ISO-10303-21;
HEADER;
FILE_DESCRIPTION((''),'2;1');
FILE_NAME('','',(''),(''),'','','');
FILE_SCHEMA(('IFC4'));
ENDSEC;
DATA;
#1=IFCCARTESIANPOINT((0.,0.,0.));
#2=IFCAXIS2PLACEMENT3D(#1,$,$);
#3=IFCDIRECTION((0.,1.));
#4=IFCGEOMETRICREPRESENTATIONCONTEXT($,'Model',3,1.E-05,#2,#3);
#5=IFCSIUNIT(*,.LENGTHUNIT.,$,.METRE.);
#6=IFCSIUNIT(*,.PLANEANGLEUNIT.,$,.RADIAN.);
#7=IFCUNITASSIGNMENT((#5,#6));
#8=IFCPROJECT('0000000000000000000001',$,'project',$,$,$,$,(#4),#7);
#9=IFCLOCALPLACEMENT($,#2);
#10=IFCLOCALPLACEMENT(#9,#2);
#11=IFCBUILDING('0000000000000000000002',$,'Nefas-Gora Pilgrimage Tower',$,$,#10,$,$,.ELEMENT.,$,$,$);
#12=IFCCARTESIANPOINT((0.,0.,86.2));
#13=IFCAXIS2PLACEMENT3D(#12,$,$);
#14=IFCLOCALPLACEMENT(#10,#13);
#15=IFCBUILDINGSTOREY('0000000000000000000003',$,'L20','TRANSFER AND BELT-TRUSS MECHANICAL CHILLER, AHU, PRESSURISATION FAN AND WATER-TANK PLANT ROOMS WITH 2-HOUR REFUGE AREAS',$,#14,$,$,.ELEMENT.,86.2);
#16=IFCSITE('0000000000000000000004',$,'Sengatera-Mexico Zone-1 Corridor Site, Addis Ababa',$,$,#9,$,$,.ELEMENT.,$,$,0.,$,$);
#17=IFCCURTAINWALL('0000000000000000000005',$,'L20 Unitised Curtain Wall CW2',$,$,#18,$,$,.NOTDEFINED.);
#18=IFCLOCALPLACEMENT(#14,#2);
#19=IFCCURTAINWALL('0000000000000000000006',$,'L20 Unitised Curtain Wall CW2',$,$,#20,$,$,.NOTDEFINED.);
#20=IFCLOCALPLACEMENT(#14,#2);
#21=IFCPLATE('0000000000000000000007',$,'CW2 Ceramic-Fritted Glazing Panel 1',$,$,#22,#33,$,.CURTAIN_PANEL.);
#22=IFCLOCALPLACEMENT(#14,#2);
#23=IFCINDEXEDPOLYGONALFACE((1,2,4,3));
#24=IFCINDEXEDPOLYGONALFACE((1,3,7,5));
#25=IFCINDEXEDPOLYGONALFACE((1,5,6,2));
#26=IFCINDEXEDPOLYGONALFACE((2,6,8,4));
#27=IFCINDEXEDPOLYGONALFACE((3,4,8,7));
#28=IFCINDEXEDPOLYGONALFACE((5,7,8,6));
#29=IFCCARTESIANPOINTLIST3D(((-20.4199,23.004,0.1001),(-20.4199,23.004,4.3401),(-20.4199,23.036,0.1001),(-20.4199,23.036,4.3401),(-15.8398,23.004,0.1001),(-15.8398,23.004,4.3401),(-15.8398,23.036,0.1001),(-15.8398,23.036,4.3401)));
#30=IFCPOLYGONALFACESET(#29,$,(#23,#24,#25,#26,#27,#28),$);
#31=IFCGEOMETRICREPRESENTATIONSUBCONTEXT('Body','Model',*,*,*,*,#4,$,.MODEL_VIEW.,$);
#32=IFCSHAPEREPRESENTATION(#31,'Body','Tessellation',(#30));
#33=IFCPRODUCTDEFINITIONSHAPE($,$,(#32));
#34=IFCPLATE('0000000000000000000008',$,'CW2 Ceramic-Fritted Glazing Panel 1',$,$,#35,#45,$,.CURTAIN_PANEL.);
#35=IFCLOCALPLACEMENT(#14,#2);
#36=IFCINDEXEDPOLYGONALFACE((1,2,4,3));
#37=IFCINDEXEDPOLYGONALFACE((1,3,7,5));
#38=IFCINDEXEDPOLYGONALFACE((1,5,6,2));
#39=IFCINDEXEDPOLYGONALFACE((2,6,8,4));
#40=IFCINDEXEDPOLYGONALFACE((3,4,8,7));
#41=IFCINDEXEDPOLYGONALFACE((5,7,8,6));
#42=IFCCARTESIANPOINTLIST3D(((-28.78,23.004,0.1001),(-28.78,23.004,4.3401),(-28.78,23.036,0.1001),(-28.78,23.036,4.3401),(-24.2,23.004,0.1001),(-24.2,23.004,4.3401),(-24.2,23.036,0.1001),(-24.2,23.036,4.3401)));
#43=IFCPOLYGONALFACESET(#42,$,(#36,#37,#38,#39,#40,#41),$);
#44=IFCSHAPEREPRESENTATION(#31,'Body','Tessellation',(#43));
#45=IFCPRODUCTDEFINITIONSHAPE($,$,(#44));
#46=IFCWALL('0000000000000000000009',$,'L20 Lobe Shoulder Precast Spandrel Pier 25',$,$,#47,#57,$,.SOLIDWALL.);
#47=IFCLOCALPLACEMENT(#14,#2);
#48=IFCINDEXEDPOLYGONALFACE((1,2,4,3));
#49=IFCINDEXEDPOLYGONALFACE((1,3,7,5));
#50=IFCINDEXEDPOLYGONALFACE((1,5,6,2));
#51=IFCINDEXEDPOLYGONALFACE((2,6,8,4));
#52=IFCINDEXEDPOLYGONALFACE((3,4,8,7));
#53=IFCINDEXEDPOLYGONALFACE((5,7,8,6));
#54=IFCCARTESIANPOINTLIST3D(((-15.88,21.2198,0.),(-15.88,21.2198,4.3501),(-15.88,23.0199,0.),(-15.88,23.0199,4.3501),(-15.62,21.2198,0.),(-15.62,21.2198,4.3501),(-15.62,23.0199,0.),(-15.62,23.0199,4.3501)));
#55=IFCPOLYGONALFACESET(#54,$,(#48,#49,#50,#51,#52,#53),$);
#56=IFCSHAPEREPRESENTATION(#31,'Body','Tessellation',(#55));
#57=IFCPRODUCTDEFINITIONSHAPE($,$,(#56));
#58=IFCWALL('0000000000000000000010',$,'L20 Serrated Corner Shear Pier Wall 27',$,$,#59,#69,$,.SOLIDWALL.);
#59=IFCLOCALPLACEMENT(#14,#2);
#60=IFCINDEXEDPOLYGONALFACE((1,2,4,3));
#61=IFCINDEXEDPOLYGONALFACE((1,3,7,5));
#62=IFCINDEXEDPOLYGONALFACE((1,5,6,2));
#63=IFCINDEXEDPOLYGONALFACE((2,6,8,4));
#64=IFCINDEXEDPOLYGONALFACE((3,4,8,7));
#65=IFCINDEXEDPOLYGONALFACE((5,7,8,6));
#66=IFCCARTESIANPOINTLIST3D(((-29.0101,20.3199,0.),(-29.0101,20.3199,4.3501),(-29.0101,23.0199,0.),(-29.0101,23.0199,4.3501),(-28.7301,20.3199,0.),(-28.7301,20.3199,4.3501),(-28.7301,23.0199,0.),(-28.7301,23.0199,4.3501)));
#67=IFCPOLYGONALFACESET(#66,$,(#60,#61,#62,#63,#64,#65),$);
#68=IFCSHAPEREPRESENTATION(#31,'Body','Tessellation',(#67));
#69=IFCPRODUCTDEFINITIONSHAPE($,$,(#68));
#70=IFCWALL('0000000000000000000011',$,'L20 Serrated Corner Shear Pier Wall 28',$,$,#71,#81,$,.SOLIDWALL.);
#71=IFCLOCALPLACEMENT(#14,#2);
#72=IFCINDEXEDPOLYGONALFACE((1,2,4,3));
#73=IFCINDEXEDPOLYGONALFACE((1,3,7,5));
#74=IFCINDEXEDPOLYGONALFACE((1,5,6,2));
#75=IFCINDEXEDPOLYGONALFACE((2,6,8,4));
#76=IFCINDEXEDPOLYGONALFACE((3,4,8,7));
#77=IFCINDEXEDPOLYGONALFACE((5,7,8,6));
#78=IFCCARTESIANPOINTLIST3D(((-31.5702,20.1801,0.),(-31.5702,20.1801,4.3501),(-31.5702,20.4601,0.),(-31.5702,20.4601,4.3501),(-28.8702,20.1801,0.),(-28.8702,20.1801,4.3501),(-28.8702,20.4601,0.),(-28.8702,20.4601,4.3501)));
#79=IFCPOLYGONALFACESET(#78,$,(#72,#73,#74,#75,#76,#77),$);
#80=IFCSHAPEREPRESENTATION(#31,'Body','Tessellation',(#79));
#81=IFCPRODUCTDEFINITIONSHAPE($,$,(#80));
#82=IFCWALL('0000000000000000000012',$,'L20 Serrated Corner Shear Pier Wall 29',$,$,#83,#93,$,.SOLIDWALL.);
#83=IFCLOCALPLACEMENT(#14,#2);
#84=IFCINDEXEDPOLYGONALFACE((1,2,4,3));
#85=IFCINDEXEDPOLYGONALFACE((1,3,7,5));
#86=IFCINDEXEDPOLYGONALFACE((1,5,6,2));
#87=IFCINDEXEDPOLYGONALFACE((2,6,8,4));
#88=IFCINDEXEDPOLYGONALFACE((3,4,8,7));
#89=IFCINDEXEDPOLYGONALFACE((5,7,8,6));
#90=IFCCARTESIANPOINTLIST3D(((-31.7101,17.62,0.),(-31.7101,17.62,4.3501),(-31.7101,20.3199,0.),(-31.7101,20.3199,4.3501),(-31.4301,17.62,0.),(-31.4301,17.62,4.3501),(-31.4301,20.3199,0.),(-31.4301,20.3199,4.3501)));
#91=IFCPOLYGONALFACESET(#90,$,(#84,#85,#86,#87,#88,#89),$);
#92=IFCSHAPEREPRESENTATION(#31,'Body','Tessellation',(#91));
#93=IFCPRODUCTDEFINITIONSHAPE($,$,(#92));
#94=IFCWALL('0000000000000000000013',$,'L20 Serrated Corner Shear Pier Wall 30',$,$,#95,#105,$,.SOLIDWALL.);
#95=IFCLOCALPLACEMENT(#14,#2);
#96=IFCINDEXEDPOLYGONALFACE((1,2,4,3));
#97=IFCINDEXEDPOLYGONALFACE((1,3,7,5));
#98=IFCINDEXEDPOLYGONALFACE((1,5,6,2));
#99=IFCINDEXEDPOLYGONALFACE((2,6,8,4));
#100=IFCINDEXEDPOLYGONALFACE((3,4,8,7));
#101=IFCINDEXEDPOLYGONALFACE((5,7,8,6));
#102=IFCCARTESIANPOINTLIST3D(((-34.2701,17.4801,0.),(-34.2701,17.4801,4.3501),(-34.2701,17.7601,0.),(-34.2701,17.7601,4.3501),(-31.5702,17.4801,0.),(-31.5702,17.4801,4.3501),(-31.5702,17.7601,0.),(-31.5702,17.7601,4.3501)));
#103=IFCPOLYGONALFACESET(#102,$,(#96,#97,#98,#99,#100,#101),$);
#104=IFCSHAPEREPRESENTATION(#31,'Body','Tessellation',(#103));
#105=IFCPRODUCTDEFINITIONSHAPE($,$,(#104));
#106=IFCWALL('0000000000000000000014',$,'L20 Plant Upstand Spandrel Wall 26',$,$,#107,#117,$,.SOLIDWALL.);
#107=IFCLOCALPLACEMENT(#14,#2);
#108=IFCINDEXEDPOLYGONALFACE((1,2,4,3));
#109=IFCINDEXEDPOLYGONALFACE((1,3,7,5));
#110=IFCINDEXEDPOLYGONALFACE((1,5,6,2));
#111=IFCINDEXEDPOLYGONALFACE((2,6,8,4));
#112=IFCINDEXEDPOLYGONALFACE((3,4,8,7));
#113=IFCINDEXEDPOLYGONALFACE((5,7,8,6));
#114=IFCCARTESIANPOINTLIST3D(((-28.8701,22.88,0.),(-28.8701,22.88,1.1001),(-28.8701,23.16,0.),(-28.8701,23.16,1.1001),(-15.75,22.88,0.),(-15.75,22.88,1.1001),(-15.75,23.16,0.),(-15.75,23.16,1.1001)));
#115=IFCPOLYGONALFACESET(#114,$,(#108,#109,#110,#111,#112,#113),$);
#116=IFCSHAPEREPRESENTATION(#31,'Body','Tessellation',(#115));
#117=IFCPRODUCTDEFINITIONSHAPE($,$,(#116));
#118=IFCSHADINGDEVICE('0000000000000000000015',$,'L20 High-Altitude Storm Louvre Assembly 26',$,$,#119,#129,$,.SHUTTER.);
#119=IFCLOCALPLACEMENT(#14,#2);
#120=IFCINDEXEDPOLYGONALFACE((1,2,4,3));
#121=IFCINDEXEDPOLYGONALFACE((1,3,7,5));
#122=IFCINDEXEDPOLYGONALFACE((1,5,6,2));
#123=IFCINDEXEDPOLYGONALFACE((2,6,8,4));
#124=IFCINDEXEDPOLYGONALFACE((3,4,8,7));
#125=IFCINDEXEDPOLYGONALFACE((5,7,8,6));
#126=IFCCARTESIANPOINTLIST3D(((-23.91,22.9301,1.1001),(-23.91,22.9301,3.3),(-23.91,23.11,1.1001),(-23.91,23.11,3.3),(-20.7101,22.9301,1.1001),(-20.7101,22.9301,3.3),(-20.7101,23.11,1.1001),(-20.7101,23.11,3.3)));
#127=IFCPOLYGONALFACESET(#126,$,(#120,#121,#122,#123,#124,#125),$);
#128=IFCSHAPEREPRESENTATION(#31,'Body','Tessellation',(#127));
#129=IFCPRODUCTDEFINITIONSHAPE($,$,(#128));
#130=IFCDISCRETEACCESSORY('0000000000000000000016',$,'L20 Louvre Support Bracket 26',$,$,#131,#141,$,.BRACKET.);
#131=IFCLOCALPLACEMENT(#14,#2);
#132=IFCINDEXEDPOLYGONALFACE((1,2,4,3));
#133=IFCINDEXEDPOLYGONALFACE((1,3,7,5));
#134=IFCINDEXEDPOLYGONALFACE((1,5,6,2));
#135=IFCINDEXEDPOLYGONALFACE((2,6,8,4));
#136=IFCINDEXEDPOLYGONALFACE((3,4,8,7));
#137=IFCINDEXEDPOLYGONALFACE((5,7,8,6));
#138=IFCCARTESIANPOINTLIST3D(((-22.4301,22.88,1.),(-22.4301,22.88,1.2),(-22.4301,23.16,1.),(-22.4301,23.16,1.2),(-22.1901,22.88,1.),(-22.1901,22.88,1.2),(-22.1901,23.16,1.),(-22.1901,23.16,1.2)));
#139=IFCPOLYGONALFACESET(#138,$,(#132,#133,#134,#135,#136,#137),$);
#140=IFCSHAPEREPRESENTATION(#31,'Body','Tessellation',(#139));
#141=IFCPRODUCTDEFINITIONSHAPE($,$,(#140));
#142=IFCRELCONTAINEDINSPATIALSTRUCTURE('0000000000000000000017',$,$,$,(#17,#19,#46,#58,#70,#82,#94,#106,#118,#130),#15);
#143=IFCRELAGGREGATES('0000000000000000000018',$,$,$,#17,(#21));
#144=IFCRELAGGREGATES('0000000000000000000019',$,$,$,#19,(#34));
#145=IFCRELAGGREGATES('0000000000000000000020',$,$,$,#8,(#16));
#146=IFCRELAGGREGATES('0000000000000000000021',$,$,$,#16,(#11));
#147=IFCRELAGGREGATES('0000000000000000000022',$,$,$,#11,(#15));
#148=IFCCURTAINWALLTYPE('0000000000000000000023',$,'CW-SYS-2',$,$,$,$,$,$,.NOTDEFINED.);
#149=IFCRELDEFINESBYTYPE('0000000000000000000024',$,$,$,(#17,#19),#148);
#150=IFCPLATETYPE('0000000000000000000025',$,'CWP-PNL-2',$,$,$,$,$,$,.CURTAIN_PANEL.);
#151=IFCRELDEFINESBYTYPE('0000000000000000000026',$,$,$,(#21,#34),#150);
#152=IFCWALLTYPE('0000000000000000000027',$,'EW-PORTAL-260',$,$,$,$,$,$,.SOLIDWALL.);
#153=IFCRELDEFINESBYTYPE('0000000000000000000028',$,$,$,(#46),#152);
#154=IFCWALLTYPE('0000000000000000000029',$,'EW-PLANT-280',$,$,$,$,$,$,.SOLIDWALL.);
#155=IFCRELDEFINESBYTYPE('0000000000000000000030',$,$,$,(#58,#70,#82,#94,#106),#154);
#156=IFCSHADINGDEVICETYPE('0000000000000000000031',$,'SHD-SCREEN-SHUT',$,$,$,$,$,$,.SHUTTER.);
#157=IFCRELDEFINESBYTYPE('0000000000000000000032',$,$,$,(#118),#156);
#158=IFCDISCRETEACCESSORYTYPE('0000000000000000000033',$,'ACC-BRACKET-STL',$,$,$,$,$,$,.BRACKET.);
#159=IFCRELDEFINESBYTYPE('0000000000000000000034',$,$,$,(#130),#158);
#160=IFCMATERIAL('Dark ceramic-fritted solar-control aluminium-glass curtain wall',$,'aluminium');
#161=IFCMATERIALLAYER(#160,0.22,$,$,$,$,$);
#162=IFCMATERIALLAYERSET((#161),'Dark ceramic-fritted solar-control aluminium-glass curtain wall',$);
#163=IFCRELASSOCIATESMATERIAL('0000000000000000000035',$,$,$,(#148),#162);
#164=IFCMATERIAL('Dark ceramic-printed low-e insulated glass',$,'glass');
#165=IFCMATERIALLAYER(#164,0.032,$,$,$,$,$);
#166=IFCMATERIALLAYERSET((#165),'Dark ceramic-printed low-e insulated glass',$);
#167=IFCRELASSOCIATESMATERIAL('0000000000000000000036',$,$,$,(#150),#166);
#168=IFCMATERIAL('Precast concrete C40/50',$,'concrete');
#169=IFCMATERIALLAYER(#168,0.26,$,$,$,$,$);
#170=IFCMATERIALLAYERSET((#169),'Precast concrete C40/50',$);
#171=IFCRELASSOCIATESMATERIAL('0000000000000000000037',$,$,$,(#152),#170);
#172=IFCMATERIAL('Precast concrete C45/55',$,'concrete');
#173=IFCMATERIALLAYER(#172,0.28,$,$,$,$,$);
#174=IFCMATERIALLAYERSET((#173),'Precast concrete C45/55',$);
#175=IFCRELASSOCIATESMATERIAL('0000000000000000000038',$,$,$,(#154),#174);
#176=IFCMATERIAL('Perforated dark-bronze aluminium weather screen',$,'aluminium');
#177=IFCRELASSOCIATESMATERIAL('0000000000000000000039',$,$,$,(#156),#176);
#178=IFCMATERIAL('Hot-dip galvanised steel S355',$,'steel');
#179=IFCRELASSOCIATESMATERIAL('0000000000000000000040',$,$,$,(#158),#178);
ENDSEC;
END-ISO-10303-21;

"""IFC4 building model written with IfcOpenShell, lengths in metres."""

from ifc_helpers import new_model, si_unit, direction, frame, frame_2d, origin, origin_2d, place, context, subcontext, project, spatial, rectangle, extrude, source, transform, mapped, material, layer, layer_set, type_object, element, aggregate, save


model = new_model("IFC4")

# Units and contexts
model_context = context("Model", 3, precision=1e-05, world=origin(), true_north=direction((0.0, 1.0)))
body_context = subcontext(model_context, "Body", "Model", "MODEL_VIEW")
ifc_project = project(units=[si_unit("LENGTHUNIT", "METRE"), si_unit("PLANEANGLEUNIT", "RADIAN")], contexts=[model_context])

# Site, building, storey
site_placement = place(None, origin())
site = spatial("IfcSite", under=ifc_project, at=site_placement, Name="Sengatera-Mexico Zone-1 Corridor Site, Addis Ababa", CompositionType="ELEMENT", RefElevation=0.0)
building_placement = place(site_placement, origin())
building = spatial("IfcBuilding", under=site, at=building_placement, Name="Nefas-Gora Pilgrimage Tower", CompositionType="ELEMENT")
storey_placement = place(building_placement, frame((0.0, 0.0, 86.2)))
storey = spatial("IfcBuildingStorey", under=building, at=storey_placement, Name="L20", Description="TRANSFER AND BELT-TRUSS MECHANICAL CHILLER, AHU, PRESSURISATION FAN AND WATER-TANK PLANT ROOMS WITH 2-HOUR REFUGE AREAS", CompositionType="ELEMENT", Elevation=86.2)

# Shared definitions
ifc_material_1 = material(Name="Dark ceramic-fritted solar-control aluminium-glass curtain wall", Category="aluminium")

# Curtain walls
ifc_layer_1 = layer(ifc_material_1, 0.22)
ifc_layer_set_1 = layer_set([ifc_layer_1], Name="Dark ceramic-fritted solar-control aluminium-glass curtain wall")
curtain_wall_type_1 = type_object("IfcCurtainWallType", Name="CW-SYS-2", PredefinedType="NOTDEFINED", material=ifc_layer_set_1)
curtain_wall_1_placement = place(storey_placement, origin())
curtain_wall_1 = element("IfcCurtainWall", 1, at=curtain_wall_1_placement, inside=storey, type_object=curtain_wall_type_1, Name="L20 Unitised Curtain Wall CW2", PredefinedType="NOTDEFINED")
curtain_wall_2_placement = place(storey_placement, origin())
curtain_wall_2 = element("IfcCurtainWall", 2, at=curtain_wall_2_placement, inside=storey, type_object=curtain_wall_type_1, Name="L20 Unitised Curtain Wall CW2", PredefinedType="NOTDEFINED")

# Plates
ifc_material_2 = material(Name="Dark ceramic-printed low-e insulated glass", Category="glass")
ifc_layer_2 = layer(ifc_material_2, 0.032)
ifc_layer_set_2 = layer_set([ifc_layer_2], Name="Dark ceramic-printed low-e insulated glass")
plate_type_1 = type_object("IfcPlateType", Name="CWP-PNL-2", PredefinedType="CURTAIN_PANEL", material=ifc_layer_set_2)
shared_shape_1 = source(origin(), body_context, "Body", "SweptSolid", [
    extrude(rectangle(XDim=4.5801, YDim=0.032, at=origin_2d()), origin(), (0.0, 0.0, 1.0), 4.24),
])
plate_1_placement = place(storey_placement, frame((-18.1299, 23.02, 0.1001), z_axis=(0.0, 0.0, 1.0), x_axis=(-1.0, 0.0, 0.0)))
plate_1 = element("IfcPlate", 3, at=plate_1_placement, type_object=plate_type_1, Name="CW2 Ceramic-Fritted Glazing Panel 1", PredefinedType="CURTAIN_PANEL", context=body_context, shape_type="MappedRepresentation", body=[
    mapped(shared_shape_1, transform((0.0, 0.0, 0.0), x_axis=(1.0, 0.0, 0.0), y_axis=(0.0, 1.0, 0.0), z_axis=(0.0, 0.0, 1.0), scale=1.0)),
])
aggregate(curtain_wall_1, [plate_1])
plate_2_placement = place(storey_placement, frame((-26.49, 23.02, 0.1001), z_axis=(0.0, 0.0, 1.0), x_axis=(-1.0, 0.0, 0.0)))
plate_2 = element("IfcPlate", 4, at=plate_2_placement, type_object=plate_type_1, Name="CW2 Ceramic-Fritted Glazing Panel 1", PredefinedType="CURTAIN_PANEL", context=body_context, shape_type="MappedRepresentation", body=[
    mapped(shared_shape_1, transform((0.0, 0.0, 0.0), x_axis=(1.0, 0.0, 0.0), y_axis=(0.0, 1.0, 0.0), z_axis=(0.0, 0.0, 1.0), scale=1.0)),
])
aggregate(curtain_wall_2, [plate_2])

# Walls
ifc_material_3 = material(Name="Precast concrete C40/50", Category="concrete")
ifc_layer_3 = layer(ifc_material_3, 0.26)
ifc_layer_set_3 = layer_set([ifc_layer_3], Name="Precast concrete C40/50")
wall_type_1 = type_object("IfcWallType", Name="EW-PORTAL-260", PredefinedType="SOLIDWALL", material=ifc_layer_set_3)
shared_shape_2 = source(origin(), body_context, "Body", "SweptSolid", [
    extrude(rectangle(XDim=1.8, YDim=0.26, at=frame_2d((0.8999, 0.0))), origin(), (0.0, 0.0, 1.0), 4.3501),
])
wall_1_placement = place(storey_placement, frame((-15.75, 21.22, 0.0), z_axis=(0.0, 0.0, 1.0), x_axis=(0.0, 1.0, 0.0)))
element("IfcWall", 5, at=wall_1_placement, inside=storey, type_object=wall_type_1, Name="L20 Lobe Shoulder Precast Spandrel Pier 25", PredefinedType="SOLIDWALL", context=body_context, shape_type="MappedRepresentation", body=[
    mapped(shared_shape_2, transform((0.0, 0.0, 0.0), x_axis=(1.0, 0.0, 0.0), y_axis=(0.0, 1.0, 0.0), z_axis=(0.0, 0.0, 1.0), scale=1.0)),
])
ifc_material_4 = material(Name="Precast concrete C45/55", Category="concrete")
ifc_layer_4 = layer(ifc_material_4, 0.28)
ifc_layer_set_4 = layer_set([ifc_layer_4], Name="Precast concrete C45/55")
wall_type_2 = type_object("IfcWallType", Name="EW-PLANT-280", PredefinedType="SOLIDWALL", material=ifc_layer_set_4)
shared_shape_3 = source(origin(), body_context, "Body", "SweptSolid", [
    extrude(rectangle(XDim=2.7, YDim=0.28, at=frame_2d((1.3501, 0.0))), origin(), (0.0, 0.0, 1.0), 4.3501),
])
for number, where, z_axis, x_axis, name in (
    (6, (-28.8701, 23.02, 0.0), (0.0, 0.0, 1.0), (0.0, -1.0, 0.0), "L20 Serrated Corner Shear Pier Wall 27"),
    (7, (-28.8701, 20.3201, 0.0), (0.0, 0.0, 1.0), (-1.0, 0.0, 0.0), "L20 Serrated Corner Shear Pier Wall 28"),
    (8, (-31.5701, 20.3201, 0.0), (0.0, 0.0, 1.0), (0.0, -1.0, 0.0), "L20 Serrated Corner Shear Pier Wall 29"),
    (9, (-31.5701, 17.6201, 0.0), (0.0, 0.0, 1.0), (-1.0, 0.0, 0.0), "L20 Serrated Corner Shear Pier Wall 30"),
):
    element("IfcWall", number, at=place(storey_placement, frame(where, z_axis=z_axis, x_axis=x_axis)), inside=storey, type_object=wall_type_2, Name=name, PredefinedType="SOLIDWALL", context=body_context, shape_type="MappedRepresentation", body=[
        mapped(shared_shape_3, transform((0.0, 0.0, 0.0), x_axis=(1.0, 0.0, 0.0), y_axis=(0.0, 1.0, 0.0), z_axis=(0.0, 0.0, 1.0), scale=1.0)),
    ])
shared_shape_4 = source(origin(), body_context, "Body", "SweptSolid", [
    extrude(rectangle(XDim=13.1201, YDim=0.28, at=frame_2d((6.5601, 0.0))), origin(), (0.0, 0.0, 1.0), 1.1001),
])
wall_2_placement = place(storey_placement, frame((-15.75, 23.02, 0.0), z_axis=(0.0, 0.0, 1.0), x_axis=(-1.0, 0.0, 0.0)))
element("IfcWall", 10, at=wall_2_placement, inside=storey, type_object=wall_type_2, Name="L20 Plant Upstand Spandrel Wall 26", PredefinedType="SOLIDWALL", context=body_context, shape_type="MappedRepresentation", body=[
    mapped(shared_shape_4, transform((0.0, 0.0, 0.0), x_axis=(1.0, 0.0, 0.0), y_axis=(0.0, 1.0, 0.0), z_axis=(0.0, 0.0, 1.0), scale=1.0)),
])

# Shading device
ifc_material_5 = material(Name="Perforated dark-bronze aluminium weather screen", Category="aluminium")
shading_device_type = type_object("IfcShadingDeviceType", Name="SHD-SCREEN-SHUT", PredefinedType="SHUTTER", material=ifc_material_5)
shared_shape_5 = source(origin(), body_context, "Body", "SweptSolid", [
    extrude(rectangle(XDim=3.2, YDim=0.1799, at=origin_2d()), origin(), (0.0, 0.0, 1.0), 2.2),
])
shading_device_placement = place(storey_placement, frame((-22.3101, 23.02, 1.1001), z_axis=(0.0, 0.0, 1.0), x_axis=(1.0, 0.0, 0.0)))
element("IfcShadingDevice", 11, at=shading_device_placement, inside=storey, type_object=shading_device_type, Name="L20 High-Altitude Storm Louvre Assembly 26", PredefinedType="SHUTTER", context=body_context, shape_type="MappedRepresentation", body=[
    mapped(shared_shape_5, transform((0.0, 0.0, 0.0), x_axis=(1.0, 0.0, 0.0), y_axis=(0.0, 1.0, 0.0), z_axis=(0.0, 0.0, 1.0), scale=1.0)),
])

# Discrete accessory
ifc_material_6 = material(Name="Hot-dip galvanised steel S355", Category="steel")
discrete_accessory_type = type_object("IfcDiscreteAccessoryType", Name="ACC-BRACKET-STL", PredefinedType="BRACKET", material=ifc_material_6)
shared_shape_6 = source(origin(), body_context, "Body", "SweptSolid", [
    extrude(rectangle(XDim=0.24, YDim=0.28, at=origin_2d()), origin(), (0.0, 0.0, 1.0), 0.2),
])
discrete_accessory_placement = place(storey_placement, frame((-22.3101, 23.02, 1.0), z_axis=(0.0, 0.0, 1.0), x_axis=(1.0, 0.0, 0.0)))
element("IfcDiscreteAccessory", 12, at=discrete_accessory_placement, inside=storey, type_object=discrete_accessory_type, Name="L20 Louvre Support Bracket 26", PredefinedType="BRACKET", context=body_context, shape_type="MappedRepresentation", body=[
    mapped(shared_shape_6, transform((0.0, 0.0, 0.0), x_axis=(1.0, 0.0, 0.0), y_axis=(0.0, 1.0, 0.0), z_axis=(0.0, 0.0, 1.0), scale=1.0)),
])

save(model, "model.ifc")
